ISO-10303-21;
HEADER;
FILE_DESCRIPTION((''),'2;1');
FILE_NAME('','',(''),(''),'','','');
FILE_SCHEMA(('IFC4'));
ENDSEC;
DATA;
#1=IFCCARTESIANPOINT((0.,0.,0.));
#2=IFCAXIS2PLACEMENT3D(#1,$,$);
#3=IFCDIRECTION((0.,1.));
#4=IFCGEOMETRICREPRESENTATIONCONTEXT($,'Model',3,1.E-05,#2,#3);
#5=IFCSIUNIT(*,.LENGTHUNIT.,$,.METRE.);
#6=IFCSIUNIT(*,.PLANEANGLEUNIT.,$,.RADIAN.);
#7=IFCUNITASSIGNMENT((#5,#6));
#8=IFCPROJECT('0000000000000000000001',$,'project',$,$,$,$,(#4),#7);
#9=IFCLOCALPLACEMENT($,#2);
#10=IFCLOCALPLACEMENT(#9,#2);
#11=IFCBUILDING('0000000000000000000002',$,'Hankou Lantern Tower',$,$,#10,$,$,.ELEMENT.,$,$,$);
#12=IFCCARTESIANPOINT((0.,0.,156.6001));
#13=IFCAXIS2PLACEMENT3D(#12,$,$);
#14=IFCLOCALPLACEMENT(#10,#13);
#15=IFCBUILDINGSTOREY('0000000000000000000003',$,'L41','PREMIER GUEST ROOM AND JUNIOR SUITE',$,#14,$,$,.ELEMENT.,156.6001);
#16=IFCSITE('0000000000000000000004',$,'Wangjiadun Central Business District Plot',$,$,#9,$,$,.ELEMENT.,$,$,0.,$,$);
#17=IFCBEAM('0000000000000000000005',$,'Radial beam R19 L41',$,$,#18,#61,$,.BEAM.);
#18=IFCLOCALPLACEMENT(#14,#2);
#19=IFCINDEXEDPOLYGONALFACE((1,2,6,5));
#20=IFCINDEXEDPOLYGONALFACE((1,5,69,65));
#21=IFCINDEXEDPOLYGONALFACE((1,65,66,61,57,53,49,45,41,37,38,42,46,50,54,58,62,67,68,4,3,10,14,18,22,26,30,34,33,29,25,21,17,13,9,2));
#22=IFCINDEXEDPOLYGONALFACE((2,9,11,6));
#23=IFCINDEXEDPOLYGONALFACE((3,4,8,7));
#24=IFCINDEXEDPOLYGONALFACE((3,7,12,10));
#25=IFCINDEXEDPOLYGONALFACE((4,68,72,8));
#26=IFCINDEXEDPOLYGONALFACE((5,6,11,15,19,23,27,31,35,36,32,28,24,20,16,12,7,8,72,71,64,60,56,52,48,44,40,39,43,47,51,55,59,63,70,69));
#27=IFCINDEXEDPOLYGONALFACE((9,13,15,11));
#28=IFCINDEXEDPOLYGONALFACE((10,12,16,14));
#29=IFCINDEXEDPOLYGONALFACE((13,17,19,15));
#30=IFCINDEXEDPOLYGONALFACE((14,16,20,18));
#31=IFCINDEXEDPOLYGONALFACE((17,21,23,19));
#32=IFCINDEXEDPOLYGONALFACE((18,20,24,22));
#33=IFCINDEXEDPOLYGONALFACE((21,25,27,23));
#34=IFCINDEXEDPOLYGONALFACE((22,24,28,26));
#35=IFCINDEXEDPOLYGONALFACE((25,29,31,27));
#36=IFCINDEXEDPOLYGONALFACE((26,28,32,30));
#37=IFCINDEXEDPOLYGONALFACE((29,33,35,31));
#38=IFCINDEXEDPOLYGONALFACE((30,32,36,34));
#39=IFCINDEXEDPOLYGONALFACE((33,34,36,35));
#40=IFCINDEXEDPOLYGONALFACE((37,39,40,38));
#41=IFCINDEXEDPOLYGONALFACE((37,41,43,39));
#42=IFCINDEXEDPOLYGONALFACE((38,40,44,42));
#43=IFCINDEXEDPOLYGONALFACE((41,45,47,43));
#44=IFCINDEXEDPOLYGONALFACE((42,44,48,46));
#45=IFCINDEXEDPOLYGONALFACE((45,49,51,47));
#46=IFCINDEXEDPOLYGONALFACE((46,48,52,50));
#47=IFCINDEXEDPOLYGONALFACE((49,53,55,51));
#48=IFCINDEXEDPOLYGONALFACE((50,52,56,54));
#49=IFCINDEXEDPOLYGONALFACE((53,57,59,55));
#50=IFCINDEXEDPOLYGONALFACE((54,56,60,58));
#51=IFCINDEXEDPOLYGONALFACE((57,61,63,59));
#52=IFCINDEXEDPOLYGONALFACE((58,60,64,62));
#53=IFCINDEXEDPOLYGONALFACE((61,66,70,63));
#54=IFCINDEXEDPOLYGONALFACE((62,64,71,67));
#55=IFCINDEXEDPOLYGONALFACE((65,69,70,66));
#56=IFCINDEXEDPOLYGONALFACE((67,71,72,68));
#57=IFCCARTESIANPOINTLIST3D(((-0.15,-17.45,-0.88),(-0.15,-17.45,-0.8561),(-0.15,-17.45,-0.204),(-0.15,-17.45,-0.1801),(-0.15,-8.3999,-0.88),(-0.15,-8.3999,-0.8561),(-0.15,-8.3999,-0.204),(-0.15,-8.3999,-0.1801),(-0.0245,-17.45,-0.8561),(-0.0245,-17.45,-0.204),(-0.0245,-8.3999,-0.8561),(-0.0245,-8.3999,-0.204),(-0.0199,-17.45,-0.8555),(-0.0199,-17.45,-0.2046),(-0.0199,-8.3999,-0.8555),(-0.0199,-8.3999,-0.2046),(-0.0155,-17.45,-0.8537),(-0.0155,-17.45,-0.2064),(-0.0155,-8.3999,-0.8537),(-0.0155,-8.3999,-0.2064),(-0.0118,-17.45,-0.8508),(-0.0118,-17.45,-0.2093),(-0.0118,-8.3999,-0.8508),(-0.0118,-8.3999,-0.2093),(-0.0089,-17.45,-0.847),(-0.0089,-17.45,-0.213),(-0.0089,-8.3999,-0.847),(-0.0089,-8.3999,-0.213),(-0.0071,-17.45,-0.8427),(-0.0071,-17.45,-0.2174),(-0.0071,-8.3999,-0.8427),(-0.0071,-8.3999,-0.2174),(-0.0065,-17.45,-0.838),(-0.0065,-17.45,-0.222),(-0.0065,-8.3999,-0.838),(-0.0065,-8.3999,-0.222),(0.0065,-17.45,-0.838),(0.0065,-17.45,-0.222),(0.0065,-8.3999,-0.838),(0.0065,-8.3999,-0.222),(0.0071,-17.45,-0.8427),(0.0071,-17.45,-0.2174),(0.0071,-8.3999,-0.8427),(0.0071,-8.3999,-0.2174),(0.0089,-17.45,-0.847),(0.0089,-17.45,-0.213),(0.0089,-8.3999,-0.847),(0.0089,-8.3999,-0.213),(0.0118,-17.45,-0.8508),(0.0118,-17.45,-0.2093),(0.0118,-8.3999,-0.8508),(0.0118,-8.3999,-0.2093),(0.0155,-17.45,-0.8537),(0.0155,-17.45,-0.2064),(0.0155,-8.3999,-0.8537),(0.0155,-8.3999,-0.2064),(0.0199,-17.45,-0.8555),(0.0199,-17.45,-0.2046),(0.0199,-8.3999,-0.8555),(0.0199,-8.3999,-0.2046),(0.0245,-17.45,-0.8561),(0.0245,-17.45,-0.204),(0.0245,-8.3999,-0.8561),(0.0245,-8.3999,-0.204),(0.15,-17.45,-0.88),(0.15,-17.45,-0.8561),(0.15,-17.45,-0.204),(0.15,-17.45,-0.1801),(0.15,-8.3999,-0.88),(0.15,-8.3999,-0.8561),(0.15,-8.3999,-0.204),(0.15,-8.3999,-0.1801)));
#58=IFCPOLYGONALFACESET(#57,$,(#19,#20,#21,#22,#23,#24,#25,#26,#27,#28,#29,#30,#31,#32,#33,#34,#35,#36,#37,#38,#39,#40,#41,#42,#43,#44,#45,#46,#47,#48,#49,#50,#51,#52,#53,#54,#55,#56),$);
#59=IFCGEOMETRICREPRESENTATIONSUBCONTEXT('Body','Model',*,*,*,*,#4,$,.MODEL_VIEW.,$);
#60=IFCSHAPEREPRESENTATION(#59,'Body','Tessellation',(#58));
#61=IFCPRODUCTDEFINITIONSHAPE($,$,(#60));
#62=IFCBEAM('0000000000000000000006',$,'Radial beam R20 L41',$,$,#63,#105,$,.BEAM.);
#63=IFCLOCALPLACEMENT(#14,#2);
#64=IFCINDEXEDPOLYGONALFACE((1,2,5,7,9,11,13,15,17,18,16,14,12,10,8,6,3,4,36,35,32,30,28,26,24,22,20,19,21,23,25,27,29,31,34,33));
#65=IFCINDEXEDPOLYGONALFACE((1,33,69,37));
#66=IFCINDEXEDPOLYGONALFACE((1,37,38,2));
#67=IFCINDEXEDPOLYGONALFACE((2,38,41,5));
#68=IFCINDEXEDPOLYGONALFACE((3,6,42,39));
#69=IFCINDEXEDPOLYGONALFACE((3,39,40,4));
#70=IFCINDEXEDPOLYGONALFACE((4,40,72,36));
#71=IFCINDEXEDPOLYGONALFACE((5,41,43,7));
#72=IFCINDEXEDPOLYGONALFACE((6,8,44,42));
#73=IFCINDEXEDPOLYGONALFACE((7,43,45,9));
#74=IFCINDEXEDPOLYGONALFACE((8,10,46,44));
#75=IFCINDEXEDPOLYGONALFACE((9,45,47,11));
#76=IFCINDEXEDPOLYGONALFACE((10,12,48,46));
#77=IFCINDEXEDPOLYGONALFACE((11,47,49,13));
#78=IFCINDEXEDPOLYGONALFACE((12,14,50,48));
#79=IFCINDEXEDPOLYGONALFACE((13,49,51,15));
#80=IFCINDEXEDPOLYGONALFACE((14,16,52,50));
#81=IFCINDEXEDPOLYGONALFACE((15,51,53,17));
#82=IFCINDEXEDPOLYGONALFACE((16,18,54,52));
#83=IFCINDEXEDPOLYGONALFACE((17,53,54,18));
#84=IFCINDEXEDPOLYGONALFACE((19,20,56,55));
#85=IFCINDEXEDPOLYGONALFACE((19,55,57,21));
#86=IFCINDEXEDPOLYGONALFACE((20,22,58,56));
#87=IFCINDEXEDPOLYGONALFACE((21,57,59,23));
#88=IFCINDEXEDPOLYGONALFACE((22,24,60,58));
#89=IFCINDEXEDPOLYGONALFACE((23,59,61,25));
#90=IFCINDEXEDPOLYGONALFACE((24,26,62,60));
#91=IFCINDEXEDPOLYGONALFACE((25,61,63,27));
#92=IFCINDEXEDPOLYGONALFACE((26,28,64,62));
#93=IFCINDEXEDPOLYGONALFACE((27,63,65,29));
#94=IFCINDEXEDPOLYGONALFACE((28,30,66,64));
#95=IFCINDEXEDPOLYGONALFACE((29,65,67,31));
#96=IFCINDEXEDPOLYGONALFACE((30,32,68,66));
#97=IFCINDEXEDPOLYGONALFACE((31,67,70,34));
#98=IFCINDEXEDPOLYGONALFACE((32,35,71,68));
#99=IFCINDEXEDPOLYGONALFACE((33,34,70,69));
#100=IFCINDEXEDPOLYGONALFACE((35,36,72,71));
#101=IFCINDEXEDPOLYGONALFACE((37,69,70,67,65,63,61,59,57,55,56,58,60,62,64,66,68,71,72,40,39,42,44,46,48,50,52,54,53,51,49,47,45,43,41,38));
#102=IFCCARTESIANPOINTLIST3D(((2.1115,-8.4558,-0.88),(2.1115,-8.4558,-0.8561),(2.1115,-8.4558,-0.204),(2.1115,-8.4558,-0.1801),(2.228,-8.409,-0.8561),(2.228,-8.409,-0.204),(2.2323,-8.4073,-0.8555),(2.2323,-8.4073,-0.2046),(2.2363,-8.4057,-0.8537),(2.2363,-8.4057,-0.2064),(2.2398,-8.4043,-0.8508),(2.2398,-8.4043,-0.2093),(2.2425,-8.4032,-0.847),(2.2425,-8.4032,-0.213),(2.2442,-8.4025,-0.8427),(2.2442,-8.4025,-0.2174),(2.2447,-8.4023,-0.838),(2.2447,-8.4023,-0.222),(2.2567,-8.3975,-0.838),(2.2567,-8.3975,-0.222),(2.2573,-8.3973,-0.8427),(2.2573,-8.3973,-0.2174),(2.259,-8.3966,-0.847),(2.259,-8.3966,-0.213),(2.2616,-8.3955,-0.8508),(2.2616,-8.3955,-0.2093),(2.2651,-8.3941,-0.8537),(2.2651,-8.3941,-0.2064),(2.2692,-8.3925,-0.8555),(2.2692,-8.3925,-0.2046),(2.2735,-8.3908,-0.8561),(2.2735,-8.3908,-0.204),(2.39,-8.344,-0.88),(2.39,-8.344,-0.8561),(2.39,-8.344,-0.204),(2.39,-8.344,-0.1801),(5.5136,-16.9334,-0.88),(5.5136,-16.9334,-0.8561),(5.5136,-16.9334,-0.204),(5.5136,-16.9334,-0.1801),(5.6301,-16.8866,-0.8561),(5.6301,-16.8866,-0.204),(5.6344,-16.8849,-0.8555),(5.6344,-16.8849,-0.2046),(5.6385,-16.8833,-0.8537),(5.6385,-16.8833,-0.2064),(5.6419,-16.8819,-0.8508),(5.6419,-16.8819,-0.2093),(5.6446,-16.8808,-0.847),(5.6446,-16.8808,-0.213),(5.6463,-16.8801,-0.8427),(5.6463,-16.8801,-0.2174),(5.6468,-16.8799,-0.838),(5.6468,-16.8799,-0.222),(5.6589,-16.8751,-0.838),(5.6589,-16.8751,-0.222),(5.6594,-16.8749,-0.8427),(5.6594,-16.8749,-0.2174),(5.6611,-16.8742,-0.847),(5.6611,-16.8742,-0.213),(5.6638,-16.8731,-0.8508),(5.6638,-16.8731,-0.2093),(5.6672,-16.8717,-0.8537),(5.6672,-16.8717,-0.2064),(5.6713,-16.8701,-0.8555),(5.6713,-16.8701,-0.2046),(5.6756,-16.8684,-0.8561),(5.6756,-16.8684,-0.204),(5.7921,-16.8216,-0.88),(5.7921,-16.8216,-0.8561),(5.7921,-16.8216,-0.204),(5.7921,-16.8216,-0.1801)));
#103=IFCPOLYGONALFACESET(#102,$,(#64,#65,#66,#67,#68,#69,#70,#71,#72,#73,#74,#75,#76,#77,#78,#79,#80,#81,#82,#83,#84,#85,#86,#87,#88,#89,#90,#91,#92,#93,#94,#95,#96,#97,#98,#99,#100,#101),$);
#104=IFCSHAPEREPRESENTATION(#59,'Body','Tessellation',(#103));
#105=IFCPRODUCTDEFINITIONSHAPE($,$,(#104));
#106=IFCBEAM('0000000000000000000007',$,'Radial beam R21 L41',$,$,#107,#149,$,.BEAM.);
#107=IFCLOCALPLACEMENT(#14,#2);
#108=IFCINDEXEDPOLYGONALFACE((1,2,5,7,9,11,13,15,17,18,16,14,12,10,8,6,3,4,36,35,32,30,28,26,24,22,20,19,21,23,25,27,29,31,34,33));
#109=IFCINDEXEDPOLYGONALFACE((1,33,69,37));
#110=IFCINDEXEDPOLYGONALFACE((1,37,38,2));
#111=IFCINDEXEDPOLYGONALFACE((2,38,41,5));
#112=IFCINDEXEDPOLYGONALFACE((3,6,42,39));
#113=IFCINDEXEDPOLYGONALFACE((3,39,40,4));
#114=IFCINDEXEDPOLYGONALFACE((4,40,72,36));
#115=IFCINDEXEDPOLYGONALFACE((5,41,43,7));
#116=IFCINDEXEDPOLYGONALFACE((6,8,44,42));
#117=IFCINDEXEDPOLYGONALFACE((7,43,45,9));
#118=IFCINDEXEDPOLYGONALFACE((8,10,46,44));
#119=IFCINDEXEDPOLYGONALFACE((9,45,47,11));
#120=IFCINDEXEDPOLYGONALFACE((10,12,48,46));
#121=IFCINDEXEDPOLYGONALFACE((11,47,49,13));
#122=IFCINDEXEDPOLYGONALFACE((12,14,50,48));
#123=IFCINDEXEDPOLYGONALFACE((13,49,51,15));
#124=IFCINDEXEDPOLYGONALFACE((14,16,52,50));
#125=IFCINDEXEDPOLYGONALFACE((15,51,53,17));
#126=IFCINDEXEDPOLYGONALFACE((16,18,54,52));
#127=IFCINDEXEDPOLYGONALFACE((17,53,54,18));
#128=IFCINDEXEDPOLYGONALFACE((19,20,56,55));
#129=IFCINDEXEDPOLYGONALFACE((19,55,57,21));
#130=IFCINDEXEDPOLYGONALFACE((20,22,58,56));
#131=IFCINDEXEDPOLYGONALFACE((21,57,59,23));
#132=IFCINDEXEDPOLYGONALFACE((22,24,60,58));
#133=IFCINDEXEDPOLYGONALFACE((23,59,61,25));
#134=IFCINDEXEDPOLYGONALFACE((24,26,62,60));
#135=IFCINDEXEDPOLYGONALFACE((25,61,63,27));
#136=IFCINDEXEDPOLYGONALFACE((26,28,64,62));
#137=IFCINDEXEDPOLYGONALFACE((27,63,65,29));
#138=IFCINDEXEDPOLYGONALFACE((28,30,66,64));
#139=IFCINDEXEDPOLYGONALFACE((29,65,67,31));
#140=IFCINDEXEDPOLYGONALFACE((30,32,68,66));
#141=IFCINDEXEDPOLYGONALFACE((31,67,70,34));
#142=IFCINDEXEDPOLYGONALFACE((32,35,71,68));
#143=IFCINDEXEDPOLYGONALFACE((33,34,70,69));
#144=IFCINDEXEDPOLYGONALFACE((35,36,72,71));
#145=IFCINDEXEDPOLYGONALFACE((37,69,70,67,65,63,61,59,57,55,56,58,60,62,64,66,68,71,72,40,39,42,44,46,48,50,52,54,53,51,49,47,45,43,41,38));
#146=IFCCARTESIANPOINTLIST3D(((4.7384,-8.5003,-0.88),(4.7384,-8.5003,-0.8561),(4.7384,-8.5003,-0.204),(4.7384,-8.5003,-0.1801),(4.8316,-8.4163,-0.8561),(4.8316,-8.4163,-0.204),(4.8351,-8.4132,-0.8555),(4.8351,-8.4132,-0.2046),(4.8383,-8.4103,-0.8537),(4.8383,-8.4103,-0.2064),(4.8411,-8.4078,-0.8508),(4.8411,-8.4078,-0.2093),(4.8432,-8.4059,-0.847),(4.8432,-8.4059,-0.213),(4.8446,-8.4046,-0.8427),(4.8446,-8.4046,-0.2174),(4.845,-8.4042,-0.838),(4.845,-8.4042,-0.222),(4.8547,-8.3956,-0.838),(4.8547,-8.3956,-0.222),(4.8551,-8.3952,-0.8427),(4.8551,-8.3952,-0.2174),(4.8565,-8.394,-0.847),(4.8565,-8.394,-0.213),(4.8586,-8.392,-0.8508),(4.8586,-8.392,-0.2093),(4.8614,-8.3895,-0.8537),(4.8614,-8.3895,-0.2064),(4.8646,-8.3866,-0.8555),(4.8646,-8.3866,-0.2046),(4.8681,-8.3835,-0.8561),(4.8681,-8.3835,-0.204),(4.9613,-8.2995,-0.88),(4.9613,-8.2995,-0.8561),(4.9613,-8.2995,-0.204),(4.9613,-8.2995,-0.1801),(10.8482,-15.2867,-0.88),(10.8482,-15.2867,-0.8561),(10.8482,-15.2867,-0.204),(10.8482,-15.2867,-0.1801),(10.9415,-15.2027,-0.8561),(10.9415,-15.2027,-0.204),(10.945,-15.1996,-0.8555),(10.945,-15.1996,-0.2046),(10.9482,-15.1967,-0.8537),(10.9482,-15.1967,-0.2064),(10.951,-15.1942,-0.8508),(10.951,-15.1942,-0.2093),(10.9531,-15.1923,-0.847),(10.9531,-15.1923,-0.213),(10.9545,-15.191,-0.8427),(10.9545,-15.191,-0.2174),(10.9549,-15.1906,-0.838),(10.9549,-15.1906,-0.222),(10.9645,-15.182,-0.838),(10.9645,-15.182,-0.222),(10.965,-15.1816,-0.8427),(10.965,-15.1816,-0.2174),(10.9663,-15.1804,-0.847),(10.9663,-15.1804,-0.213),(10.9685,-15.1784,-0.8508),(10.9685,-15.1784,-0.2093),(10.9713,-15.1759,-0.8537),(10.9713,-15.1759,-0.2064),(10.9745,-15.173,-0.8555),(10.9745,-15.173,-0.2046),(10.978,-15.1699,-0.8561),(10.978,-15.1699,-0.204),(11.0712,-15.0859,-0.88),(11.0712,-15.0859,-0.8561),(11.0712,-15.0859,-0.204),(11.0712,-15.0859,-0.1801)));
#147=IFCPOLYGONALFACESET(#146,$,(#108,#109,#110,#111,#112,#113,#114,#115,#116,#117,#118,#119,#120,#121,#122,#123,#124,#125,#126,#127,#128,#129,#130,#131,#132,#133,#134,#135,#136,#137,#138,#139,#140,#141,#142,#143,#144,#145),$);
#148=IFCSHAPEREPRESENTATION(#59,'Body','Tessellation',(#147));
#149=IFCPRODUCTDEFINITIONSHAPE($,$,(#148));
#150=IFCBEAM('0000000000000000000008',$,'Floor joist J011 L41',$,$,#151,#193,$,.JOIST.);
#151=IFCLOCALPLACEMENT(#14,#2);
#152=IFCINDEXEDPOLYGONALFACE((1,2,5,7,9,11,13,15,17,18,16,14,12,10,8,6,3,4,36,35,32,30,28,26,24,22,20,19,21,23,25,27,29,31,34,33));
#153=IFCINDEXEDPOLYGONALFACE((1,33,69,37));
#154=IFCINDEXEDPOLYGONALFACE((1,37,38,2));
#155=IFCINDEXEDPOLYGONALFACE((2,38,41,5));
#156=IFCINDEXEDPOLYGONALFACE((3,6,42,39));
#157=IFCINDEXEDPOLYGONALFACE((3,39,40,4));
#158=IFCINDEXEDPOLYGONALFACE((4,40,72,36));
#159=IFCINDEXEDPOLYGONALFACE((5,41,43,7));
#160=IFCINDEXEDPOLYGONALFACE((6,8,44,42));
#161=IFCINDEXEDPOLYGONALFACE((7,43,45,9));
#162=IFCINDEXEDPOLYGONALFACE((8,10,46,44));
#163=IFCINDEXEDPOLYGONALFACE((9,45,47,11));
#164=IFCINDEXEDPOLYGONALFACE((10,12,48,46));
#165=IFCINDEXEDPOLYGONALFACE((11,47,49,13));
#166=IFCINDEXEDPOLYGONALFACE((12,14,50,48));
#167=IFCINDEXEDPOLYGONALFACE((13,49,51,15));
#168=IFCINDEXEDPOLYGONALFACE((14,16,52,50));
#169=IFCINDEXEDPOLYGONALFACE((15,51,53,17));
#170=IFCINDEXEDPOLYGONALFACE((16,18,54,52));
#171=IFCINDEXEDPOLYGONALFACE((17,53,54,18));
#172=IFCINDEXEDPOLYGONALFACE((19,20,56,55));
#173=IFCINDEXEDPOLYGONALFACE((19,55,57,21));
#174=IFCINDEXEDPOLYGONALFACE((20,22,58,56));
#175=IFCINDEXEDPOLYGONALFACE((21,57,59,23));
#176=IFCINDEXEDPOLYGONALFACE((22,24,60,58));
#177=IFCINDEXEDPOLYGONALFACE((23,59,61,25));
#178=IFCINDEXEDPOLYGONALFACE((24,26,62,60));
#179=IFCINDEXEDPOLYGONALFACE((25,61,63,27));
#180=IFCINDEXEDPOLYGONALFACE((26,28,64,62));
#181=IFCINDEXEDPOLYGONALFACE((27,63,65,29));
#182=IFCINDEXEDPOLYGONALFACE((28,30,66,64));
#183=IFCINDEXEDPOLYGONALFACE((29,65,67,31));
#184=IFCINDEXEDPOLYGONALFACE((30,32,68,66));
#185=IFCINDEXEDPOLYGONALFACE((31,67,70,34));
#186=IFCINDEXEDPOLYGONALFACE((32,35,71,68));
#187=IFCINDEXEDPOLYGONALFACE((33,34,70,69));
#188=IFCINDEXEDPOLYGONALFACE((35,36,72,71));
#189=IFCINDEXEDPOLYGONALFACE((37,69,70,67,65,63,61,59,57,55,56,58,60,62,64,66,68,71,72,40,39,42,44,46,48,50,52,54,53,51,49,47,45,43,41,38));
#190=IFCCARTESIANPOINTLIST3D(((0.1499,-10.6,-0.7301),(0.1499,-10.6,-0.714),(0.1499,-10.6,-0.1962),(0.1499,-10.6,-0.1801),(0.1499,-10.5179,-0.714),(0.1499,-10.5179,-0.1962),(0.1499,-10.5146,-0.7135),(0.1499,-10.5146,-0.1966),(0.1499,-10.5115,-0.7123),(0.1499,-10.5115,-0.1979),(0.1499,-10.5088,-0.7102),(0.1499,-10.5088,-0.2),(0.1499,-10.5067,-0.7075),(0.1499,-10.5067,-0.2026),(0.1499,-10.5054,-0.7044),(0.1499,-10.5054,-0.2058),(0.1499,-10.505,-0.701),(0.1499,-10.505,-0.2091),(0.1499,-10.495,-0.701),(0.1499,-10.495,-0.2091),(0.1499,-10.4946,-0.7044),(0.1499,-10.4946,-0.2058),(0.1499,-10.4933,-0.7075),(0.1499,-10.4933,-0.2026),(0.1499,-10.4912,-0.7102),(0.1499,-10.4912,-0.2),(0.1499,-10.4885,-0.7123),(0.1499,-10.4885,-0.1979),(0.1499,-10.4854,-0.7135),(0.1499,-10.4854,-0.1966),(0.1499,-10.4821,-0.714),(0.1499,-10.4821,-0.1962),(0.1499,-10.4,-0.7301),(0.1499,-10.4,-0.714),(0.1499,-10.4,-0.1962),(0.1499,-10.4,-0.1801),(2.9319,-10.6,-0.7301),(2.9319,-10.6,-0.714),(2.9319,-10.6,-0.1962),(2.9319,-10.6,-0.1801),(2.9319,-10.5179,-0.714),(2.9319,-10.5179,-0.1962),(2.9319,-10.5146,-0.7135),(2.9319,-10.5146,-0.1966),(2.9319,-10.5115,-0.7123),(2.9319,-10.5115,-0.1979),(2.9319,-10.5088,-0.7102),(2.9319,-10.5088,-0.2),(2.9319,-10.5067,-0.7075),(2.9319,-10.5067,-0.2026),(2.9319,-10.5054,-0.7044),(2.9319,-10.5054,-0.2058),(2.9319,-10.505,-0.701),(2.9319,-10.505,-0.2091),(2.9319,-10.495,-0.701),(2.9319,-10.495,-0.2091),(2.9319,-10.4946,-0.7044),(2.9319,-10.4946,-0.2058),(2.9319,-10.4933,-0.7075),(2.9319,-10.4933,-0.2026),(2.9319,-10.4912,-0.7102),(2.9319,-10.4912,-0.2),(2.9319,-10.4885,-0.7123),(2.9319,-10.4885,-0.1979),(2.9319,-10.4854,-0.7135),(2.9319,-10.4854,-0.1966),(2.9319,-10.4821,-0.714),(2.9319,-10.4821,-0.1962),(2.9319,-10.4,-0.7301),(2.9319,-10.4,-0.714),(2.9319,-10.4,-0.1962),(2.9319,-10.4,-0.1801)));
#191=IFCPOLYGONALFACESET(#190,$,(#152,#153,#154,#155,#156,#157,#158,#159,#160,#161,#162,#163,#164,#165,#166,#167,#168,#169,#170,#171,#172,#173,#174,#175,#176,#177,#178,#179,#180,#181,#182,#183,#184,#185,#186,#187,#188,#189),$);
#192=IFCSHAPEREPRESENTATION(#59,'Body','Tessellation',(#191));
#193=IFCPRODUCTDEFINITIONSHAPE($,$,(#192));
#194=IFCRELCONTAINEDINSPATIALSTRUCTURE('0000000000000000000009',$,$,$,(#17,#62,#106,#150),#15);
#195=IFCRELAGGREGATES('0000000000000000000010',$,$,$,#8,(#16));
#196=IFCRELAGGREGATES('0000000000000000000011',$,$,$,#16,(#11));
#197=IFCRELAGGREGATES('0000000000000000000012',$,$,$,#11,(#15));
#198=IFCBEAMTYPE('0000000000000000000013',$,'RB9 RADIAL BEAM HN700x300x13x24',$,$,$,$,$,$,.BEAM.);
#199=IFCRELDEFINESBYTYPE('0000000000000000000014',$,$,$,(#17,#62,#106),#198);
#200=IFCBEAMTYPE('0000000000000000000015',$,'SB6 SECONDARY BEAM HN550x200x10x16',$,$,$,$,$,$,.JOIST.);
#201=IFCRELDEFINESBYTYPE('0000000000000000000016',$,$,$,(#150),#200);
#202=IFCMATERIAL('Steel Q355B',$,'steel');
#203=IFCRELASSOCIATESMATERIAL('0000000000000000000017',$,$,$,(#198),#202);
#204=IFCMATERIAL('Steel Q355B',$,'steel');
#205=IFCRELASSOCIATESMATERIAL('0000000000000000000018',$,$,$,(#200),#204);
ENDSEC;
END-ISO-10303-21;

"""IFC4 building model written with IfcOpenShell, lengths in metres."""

from ifc_helpers import new_model, si_unit, direction, frame, origin, origin_2d, place, context, subcontext, project, spatial, i_section, extrude, material, material_profile, profile_set, type_object, element, save


model = new_model("IFC4")

# Units and contexts
model_context = context("Model", 3, precision=1e-05, world=origin(), true_north=direction((0.0, 1.0)))
body_context = subcontext(model_context, "Body", "Model", "MODEL_VIEW")
ifc_project = project(units=[si_unit("LENGTHUNIT", "METRE"), si_unit("PLANEANGLEUNIT", "RADIAN")], contexts=[model_context])

# Site, building, storey
site_placement = place(None, origin())
site = spatial("IfcSite", under=ifc_project, at=site_placement, Name="Wangjiadun Central Business District Plot", CompositionType="ELEMENT", RefElevation=0.0)
building_placement = place(site_placement, origin())
building = spatial("IfcBuilding", under=site, at=building_placement, Name="Hankou Lantern Tower", CompositionType="ELEMENT")
storey_placement = place(building_placement, frame((0.0, 0.0, 156.6001)))
storey = spatial("IfcBuildingStorey", under=building, at=storey_placement, Name="L41", Description="PREMIER GUEST ROOM AND JUNIOR SUITE", CompositionType="ELEMENT", Elevation=156.6001)

# Beams
ifc_material_1 = material(Name="Steel Q355B", Category="steel")
ifc_material_profile_1 = material_profile(ifc_material_1, i_section(OverallWidth=0.3, OverallDepth=0.7, WebThickness=0.0129, FlangeThickness=0.0239, FilletRadius=0.0181, at=origin_2d()), Name="HN700x300x13x24")
ifc_profile_set_1 = profile_set([ifc_material_profile_1], Name="Steel Q355B")
beam_type_1 = type_object("IfcBeamType", Name="RB9 RADIAL BEAM HN700x300x13x24", PredefinedType="BEAM", material=ifc_profile_set_1)
beam_1_placement = place(storey_placement, frame((0.0, -8.3999, -0.53), z_axis=(0.0, -1.0, 0.0), x_axis=(1.0, 0.0, 0.0)))
element("IfcBeam", 1, at=beam_1_placement, inside=storey, type_object=beam_type_1, Name="Radial beam R19 L41", PredefinedType="BEAM", context=body_context, shape_type="SweptSolid", body=[
    extrude(i_section(OverallWidth=0.3, OverallDepth=0.7, WebThickness=0.0129, FlangeThickness=0.0239, FilletRadius=0.0181, at=origin_2d()), origin(), (0.0, 0.0, 1.0), 9.05),
])
beam_2_placement = place(storey_placement, frame((2.2507, -8.3999, -0.53), z_axis=(0.372436, -0.928058, 0.0), x_axis=(0.928058, 0.372436, 0.0)))
element("IfcBeam", 2, at=beam_2_placement, inside=storey, type_object=beam_type_1, Name="Radial beam R20 L41", PredefinedType="BEAM", context=body_context, shape_type="SweptSolid", body=[
    extrude(i_section(OverallWidth=0.3, OverallDepth=0.7, WebThickness=0.0129, FlangeThickness=0.0239, FilletRadius=0.0181, at=origin_2d()), origin(), (0.0, 0.0, 1.0), 9.1348),
])
beam_3_placement = place(storey_placement, frame((4.8499, -8.3999, -0.53), z_axis=(0.669093, -0.743178, 0.0), x_axis=(0.743178, 0.669093, 0.0)))
element("IfcBeam", 3, at=beam_3_placement, inside=storey, type_object=beam_type_1, Name="Radial beam R21 L41", PredefinedType="BEAM", context=body_context, shape_type="SweptSolid", body=[
    extrude(i_section(OverallWidth=0.3, OverallDepth=0.7, WebThickness=0.0129, FlangeThickness=0.0239, FilletRadius=0.0181, at=origin_2d()), origin(), (0.0, 0.0, 1.0), 9.1316),
])
ifc_material_2 = material(Name="Steel Q355B", Category="steel")
ifc_material_profile_2 = material_profile(ifc_material_2, i_section(OverallWidth=0.2, OverallDepth=0.55, WebThickness=0.01, FlangeThickness=0.0161, FilletRadius=0.0129, at=origin_2d()), Name="HN550x200x10x16")
ifc_profile_set_2 = profile_set([ifc_material_profile_2], Name="Steel Q355B")
beam_type_2 = type_object("IfcBeamType", Name="SB6 SECONDARY BEAM HN550x200x10x16", PredefinedType="JOIST", material=ifc_profile_set_2)
beam_4_placement = place(storey_placement, frame((0.1499, -10.5, -0.4551), z_axis=(1.0, 0.0, 0.0), x_axis=(0.0, 1.0, 0.0)))
element("IfcBeam", 4, at=beam_4_placement, inside=storey, type_object=beam_type_2, Name="Floor joist J011 L41", PredefinedType="JOIST", context=body_context, shape_type="SweptSolid", body=[
    extrude(i_section(OverallWidth=0.2, OverallDepth=0.55, WebThickness=0.01, FlangeThickness=0.0161, FilletRadius=0.0129, at=origin_2d()), origin(), (0.0, 0.0, 1.0), 2.782),
])

save(model, "model.ifc")
